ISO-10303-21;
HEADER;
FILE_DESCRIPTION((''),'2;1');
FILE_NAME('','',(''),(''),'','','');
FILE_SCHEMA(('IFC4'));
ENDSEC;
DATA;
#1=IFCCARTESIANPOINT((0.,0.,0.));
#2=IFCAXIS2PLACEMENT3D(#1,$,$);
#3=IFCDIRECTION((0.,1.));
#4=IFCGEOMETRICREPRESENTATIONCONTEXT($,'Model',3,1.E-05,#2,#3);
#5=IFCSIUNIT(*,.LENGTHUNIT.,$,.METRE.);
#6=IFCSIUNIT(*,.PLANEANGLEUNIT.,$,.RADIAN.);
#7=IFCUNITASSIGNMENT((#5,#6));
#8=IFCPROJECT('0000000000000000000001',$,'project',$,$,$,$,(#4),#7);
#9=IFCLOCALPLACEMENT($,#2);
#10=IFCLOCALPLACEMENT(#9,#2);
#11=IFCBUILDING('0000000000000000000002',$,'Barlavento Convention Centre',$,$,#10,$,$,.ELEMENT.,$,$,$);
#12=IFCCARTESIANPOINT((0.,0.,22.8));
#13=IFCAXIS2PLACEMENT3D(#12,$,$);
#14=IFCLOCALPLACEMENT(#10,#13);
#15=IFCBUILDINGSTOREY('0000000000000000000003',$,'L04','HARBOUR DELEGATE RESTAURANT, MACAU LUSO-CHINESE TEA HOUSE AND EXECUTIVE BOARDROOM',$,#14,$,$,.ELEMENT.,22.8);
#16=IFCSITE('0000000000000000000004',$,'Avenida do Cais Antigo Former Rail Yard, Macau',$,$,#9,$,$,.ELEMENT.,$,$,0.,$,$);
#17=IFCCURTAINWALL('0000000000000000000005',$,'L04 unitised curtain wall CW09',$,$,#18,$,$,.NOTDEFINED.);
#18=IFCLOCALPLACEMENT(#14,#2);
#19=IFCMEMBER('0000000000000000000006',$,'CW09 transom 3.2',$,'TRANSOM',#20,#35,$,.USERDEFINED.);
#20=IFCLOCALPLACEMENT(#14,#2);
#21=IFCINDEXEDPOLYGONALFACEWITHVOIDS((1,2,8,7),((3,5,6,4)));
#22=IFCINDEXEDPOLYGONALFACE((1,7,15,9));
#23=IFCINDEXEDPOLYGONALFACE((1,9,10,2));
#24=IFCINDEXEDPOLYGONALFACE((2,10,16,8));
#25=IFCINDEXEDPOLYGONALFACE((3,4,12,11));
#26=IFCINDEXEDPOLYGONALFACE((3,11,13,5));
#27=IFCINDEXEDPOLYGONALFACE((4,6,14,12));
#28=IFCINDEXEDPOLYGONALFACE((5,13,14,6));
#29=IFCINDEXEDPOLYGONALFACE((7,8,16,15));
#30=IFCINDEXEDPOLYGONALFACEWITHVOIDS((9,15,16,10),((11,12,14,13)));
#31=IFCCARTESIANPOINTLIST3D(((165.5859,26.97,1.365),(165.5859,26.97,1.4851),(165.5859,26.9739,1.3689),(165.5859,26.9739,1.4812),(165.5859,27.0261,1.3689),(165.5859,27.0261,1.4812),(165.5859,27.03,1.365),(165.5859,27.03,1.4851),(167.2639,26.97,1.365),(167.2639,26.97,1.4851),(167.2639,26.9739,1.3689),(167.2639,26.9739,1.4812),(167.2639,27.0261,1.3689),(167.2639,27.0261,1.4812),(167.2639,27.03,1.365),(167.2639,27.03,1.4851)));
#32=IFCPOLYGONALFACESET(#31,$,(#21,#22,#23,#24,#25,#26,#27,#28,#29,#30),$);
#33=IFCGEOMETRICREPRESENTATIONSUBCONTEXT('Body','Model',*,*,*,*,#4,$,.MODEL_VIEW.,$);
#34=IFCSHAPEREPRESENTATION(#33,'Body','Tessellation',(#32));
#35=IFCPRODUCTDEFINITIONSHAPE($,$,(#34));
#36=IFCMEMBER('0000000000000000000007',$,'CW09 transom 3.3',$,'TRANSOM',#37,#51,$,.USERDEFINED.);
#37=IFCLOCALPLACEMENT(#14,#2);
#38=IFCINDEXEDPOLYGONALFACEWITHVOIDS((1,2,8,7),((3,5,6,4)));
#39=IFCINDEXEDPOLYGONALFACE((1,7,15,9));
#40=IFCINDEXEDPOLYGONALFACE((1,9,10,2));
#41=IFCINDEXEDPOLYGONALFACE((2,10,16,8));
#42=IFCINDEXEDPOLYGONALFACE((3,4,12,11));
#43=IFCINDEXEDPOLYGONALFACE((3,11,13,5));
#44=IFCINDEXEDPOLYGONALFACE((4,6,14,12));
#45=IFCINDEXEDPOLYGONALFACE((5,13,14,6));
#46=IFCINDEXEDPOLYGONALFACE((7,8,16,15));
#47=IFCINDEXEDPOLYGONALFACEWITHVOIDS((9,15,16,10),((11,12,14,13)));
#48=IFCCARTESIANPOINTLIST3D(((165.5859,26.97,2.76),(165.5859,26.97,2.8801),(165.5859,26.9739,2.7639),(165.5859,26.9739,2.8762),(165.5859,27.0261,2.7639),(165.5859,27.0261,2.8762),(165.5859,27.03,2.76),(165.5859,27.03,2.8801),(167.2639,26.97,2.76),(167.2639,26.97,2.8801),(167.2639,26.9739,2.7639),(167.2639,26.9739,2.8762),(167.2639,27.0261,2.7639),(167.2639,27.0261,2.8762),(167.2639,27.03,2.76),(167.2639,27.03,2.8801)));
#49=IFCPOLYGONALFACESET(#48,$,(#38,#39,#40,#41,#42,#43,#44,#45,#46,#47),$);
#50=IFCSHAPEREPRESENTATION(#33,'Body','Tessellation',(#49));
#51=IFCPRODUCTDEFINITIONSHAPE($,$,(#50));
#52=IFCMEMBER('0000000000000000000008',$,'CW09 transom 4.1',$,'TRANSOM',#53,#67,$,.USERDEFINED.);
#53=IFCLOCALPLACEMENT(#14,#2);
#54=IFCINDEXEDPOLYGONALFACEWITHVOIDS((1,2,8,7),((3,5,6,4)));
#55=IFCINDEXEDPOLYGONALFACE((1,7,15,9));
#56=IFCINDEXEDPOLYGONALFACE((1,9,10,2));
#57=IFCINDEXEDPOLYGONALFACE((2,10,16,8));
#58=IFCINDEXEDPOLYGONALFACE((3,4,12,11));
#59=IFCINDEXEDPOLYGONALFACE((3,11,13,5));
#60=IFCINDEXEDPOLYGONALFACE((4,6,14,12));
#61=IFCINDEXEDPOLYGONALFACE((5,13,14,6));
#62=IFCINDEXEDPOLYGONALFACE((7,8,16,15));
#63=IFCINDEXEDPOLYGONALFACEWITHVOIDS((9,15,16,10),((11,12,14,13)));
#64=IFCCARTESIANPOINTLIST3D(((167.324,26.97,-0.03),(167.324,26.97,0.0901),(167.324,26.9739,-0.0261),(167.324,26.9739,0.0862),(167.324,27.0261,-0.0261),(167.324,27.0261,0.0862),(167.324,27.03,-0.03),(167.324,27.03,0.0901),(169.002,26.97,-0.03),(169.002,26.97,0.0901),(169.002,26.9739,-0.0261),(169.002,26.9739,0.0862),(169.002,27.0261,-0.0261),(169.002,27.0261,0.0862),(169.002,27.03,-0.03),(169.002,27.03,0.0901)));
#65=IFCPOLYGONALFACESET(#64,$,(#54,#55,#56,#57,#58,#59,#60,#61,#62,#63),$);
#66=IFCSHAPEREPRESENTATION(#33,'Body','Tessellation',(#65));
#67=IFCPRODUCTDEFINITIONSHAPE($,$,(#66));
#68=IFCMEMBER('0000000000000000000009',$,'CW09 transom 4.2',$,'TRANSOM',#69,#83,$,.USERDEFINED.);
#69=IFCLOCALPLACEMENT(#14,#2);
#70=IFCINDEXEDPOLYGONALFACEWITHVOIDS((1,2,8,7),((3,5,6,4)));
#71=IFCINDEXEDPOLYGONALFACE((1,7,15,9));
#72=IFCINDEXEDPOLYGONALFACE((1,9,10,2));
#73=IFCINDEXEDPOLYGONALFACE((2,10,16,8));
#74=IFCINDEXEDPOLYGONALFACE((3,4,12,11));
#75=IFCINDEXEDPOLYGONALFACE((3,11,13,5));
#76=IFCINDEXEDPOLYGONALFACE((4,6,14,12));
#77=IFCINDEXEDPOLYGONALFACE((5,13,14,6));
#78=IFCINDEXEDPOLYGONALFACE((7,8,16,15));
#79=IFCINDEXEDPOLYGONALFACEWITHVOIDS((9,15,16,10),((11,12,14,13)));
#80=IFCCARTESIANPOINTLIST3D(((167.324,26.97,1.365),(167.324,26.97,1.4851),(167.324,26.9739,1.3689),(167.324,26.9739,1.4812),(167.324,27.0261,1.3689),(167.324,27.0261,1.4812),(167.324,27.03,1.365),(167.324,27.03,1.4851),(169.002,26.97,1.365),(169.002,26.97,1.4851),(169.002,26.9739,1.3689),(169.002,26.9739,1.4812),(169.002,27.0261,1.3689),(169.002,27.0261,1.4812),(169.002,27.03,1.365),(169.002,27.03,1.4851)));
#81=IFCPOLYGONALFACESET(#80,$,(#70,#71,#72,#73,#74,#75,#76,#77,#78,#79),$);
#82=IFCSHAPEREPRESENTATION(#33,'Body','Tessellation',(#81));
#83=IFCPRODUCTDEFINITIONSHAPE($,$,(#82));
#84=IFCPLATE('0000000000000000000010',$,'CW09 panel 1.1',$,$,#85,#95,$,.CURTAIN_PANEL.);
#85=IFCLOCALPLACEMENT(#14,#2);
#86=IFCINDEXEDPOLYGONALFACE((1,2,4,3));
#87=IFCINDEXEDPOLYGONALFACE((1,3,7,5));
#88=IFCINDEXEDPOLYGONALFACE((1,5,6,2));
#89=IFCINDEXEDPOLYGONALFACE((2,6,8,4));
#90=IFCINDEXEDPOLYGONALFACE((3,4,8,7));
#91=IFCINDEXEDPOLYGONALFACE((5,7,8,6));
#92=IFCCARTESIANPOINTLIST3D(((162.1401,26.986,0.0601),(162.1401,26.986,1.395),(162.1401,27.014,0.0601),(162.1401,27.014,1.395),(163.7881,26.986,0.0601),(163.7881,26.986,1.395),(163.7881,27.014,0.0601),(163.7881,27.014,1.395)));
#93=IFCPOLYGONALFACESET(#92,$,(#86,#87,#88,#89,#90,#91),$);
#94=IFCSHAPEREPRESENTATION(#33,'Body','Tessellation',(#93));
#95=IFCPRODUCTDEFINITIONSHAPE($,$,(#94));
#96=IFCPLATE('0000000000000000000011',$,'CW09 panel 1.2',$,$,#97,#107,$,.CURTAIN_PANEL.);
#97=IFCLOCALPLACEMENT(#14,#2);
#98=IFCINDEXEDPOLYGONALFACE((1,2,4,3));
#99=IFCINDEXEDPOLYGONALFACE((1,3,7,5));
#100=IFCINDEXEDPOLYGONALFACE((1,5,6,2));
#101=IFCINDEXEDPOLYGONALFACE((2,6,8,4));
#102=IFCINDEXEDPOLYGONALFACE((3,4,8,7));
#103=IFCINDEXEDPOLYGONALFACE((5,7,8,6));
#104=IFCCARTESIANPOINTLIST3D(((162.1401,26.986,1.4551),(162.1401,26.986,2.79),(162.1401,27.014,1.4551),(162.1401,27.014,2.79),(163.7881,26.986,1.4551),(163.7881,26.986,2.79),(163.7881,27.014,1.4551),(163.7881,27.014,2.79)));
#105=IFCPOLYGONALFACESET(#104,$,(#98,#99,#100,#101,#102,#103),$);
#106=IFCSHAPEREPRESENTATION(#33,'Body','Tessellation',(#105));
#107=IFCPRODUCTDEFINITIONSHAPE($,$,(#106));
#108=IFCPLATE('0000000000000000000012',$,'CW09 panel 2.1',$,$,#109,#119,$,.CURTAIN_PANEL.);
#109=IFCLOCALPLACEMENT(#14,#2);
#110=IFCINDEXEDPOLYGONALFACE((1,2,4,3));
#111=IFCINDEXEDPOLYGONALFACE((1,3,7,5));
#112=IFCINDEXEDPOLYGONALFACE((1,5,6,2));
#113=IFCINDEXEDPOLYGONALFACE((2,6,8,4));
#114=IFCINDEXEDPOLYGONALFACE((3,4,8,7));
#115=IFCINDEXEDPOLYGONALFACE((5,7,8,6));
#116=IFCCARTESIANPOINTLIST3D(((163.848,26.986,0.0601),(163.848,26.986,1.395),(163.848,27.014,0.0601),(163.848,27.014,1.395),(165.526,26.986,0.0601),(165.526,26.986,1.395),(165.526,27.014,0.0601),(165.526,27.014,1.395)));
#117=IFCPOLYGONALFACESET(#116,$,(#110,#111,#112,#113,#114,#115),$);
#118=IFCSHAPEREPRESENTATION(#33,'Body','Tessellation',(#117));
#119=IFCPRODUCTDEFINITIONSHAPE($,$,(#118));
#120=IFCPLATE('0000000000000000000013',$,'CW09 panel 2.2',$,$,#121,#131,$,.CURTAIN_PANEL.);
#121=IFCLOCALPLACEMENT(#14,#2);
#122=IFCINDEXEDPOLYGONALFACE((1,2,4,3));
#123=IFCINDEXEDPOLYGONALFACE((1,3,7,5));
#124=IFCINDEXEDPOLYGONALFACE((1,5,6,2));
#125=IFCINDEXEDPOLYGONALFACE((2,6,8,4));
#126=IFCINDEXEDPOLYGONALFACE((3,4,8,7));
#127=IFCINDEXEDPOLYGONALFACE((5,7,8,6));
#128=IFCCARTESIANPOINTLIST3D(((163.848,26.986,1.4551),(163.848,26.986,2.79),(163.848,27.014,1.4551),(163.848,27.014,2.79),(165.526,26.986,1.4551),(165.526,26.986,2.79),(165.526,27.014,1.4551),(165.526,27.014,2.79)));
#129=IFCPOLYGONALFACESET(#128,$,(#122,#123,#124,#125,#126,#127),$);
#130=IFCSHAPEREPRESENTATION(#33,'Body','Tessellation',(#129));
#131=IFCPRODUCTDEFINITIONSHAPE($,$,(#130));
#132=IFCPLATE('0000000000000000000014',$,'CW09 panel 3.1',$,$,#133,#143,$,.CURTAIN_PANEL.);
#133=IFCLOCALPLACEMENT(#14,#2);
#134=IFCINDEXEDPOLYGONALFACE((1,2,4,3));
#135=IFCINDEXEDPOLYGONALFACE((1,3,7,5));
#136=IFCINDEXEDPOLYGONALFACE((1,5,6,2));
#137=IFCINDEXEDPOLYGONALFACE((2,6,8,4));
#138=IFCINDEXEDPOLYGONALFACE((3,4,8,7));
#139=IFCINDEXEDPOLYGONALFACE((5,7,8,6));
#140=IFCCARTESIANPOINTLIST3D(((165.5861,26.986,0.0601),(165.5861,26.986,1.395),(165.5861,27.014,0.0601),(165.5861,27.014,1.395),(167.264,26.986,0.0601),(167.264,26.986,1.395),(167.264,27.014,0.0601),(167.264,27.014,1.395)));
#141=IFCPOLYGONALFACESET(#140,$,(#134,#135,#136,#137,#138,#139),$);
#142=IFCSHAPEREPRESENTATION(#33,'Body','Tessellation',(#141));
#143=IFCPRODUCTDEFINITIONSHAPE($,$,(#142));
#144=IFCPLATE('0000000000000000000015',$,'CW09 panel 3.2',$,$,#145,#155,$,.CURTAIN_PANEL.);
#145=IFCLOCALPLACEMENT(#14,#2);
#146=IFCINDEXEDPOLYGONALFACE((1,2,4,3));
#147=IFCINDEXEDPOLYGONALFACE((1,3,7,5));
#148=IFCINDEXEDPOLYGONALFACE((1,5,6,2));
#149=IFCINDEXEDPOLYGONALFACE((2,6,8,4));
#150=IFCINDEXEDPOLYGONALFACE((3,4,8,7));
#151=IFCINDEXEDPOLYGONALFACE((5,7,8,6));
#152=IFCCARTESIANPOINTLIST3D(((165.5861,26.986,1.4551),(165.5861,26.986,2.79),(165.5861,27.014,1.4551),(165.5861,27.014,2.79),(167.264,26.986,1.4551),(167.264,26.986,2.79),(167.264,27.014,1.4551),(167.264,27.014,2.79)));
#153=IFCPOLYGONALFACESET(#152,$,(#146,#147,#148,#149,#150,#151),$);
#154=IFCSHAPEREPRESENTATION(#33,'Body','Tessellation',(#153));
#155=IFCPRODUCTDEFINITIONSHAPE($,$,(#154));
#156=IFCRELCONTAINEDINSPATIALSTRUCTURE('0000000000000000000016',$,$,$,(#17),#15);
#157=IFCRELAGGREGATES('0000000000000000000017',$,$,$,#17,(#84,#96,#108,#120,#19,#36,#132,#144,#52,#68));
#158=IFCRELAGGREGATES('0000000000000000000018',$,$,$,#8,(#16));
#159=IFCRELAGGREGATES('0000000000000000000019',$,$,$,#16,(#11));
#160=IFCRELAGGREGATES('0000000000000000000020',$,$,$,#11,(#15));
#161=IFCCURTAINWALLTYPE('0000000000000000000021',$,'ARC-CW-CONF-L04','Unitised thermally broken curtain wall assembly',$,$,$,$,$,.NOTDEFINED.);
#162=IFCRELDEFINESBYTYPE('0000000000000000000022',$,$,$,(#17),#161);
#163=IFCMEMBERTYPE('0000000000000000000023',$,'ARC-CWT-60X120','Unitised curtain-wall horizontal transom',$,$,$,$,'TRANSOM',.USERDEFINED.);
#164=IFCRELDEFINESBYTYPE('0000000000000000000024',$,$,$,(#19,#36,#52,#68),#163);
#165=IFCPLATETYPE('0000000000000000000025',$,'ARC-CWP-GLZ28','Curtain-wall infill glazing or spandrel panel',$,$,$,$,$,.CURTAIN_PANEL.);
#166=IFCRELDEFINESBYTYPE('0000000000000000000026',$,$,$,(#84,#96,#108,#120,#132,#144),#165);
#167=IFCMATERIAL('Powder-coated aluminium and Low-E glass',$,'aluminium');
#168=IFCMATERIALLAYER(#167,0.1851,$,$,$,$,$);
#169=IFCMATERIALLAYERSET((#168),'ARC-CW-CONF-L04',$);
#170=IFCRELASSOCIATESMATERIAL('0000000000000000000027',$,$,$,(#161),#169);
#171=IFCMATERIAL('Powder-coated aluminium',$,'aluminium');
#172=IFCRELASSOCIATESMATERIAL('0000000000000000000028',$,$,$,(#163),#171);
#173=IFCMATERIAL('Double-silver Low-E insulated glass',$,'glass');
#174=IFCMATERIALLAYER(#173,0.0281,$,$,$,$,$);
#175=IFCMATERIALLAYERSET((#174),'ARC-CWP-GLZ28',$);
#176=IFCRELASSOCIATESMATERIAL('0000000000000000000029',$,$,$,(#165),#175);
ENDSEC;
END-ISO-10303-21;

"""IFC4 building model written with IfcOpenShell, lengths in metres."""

from ifc_helpers import new_model, si_unit, direction, frame, origin, origin_2d, place, context, subcontext, project, spatial, rectangle, hollow_rectangle, extrude, material, layer, layer_set, material_profile, profile_set, type_object, element, aggregate, save


model = new_model("IFC4")

# Units and contexts
model_context = context("Model", 3, precision=1e-05, world=origin(), true_north=direction((0.0, 1.0)))
body_context = subcontext(model_context, "Body", "Model", "MODEL_VIEW")
ifc_project = project(units=[si_unit("LENGTHUNIT", "METRE"), si_unit("PLANEANGLEUNIT", "RADIAN")], contexts=[model_context])

# Site, building, storey
site_placement = place(None, origin())
site = spatial("IfcSite", under=ifc_project, at=site_placement, Name="Avenida do Cais Antigo Former Rail Yard, Macau", CompositionType="ELEMENT", RefElevation=0.0)
building_placement = place(site_placement, origin())
building = spatial("IfcBuilding", under=site, at=building_placement, Name="Barlavento Convention Centre", CompositionType="ELEMENT")
storey_placement = place(building_placement, frame((0.0, 0.0, 22.8)))
storey = spatial("IfcBuildingStorey", under=building, at=storey_placement, Name="L04", Description="HARBOUR DELEGATE RESTAURANT, MACAU LUSO-CHINESE TEA HOUSE AND EXECUTIVE BOARDROOM", CompositionType="ELEMENT", Elevation=22.8)

# Curtain wall, members, plates
ifc_material_1 = material(Name="Powder-coated aluminium and Low-E glass", Category="aluminium")
ifc_layer_1 = layer(ifc_material_1, 0.1851)
ifc_layer_set_1 = layer_set([ifc_layer_1], Name="ARC-CW-CONF-L04")
curtain_wall_type = type_object("IfcCurtainWallType", Name="ARC-CW-CONF-L04", Description="Unitised thermally broken curtain wall assembly", PredefinedType="NOTDEFINED", material=ifc_layer_set_1)
curtain_wall_placement = place(storey_placement, origin())
curtain_wall = element("IfcCurtainWall", 1, at=curtain_wall_placement, inside=storey, type_object=curtain_wall_type, Name="L04 unitised curtain wall CW09", PredefinedType="NOTDEFINED")
ifc_material_2 = material(Name="Powder-coated aluminium", Category="aluminium")
ifc_material_profile_1 = material_profile(ifc_material_2, hollow_rectangle(XDim=0.0601, YDim=0.1201, WallThickness=0.0039, at=origin_2d()), Name="AL-TRAN 60x120x4")
ifc_profile_set_1 = profile_set([ifc_material_profile_1], Name="Powder-coated aluminium")
member_type_1 = type_object("IfcMemberType", Name="ARC-CWT-60X120", Description="Unitised curtain-wall horizontal transom", ElementType="TRANSOM", PredefinedType="USERDEFINED", material=ifc_profile_set_1)
member_1_placement = place(storey_placement, frame((165.5859, 27.0, 1.425), z_axis=(1.0, 0.0, 0.0), x_axis=(0.0, 1.0, 0.0)))
member_1 = element("IfcMember", 2, at=member_1_placement, type_object=member_type_1, Name="CW09 transom 3.2", ObjectType="TRANSOM", PredefinedType="USERDEFINED", context=body_context, shape_type="SweptSolid", body=[
    extrude(hollow_rectangle(XDim=0.0601, YDim=0.1201, WallThickness=0.0039, at=origin_2d()), origin(), (0.0, 0.0, 1.0), 1.678),
])
member_2_placement = place(storey_placement, frame((165.5859, 27.0, 2.8201), z_axis=(1.0, 0.0, 0.0), x_axis=(0.0, 1.0, 0.0)))
member_2 = element("IfcMember", 3, at=member_2_placement, type_object=member_type_1, Name="CW09 transom 3.3", ObjectType="TRANSOM", PredefinedType="USERDEFINED", context=body_context, shape_type="SweptSolid", body=[
    extrude(hollow_rectangle(XDim=0.0601, YDim=0.1201, WallThickness=0.0039, at=origin_2d()), origin(), (0.0, 0.0, 1.0), 1.678),
])
member_3_placement = place(storey_placement, frame((167.324, 27.0, 0.03), z_axis=(1.0, 0.0, 0.0), x_axis=(0.0, 1.0, 0.0)))
member_3 = element("IfcMember", 4, at=member_3_placement, type_object=member_type_1, Name="CW09 transom 4.1", ObjectType="TRANSOM", PredefinedType="USERDEFINED", context=body_context, shape_type="SweptSolid", body=[
    extrude(hollow_rectangle(XDim=0.0601, YDim=0.1201, WallThickness=0.0039, at=origin_2d()), origin(), (0.0, 0.0, 1.0), 1.678),
])
member_4_placement = place(storey_placement, frame((167.324, 27.0, 1.425), z_axis=(1.0, 0.0, 0.0), x_axis=(0.0, 1.0, 0.0)))
member_4 = element("IfcMember", 5, at=member_4_placement, type_object=member_type_1, Name="CW09 transom 4.2", ObjectType="TRANSOM", PredefinedType="USERDEFINED", context=body_context, shape_type="SweptSolid", body=[
    extrude(hollow_rectangle(XDim=0.0601, YDim=0.1201, WallThickness=0.0039, at=origin_2d()), origin(), (0.0, 0.0, 1.0), 1.678),
])
ifc_material_3 = material(Name="Double-silver Low-E insulated glass", Category="glass")
ifc_layer_2 = layer(ifc_material_3, 0.0281)
ifc_layer_set_2 = layer_set([ifc_layer_2], Name="ARC-CWP-GLZ28")
plate_type = type_object("IfcPlateType", Name="ARC-CWP-GLZ28", Description="Curtain-wall infill glazing or spandrel panel", PredefinedType="CURTAIN_PANEL", material=ifc_layer_set_2)
plate_1_placement = place(storey_placement, frame((162.9641, 27.0, 0.0601), z_axis=(0.0, 0.0, 1.0), x_axis=(1.0, 0.0, 0.0)))
plate_1 = element("IfcPlate", 6, at=plate_1_placement, type_object=plate_type, Name="CW09 panel 1.1", PredefinedType="CURTAIN_PANEL", context=body_context, shape_type="SweptSolid", body=[
    extrude(rectangle(XDim=1.6479, YDim=0.0281, at=origin_2d()), origin(), (0.0, 0.0, 1.0), 1.335),
])
plate_2_placement = place(storey_placement, frame((162.9641, 27.0, 1.4551), z_axis=(0.0, 0.0, 1.0), x_axis=(1.0, 0.0, 0.0)))
plate_2 = element("IfcPlate", 7, at=plate_2_placement, type_object=plate_type, Name="CW09 panel 1.2", PredefinedType="CURTAIN_PANEL", context=body_context, shape_type="SweptSolid", body=[
    extrude(rectangle(XDim=1.6479, YDim=0.0281, at=origin_2d()), origin(), (0.0, 0.0, 1.0), 1.335),
])
plate_3_placement = place(storey_placement, frame((164.687, 27.0, 0.0601), z_axis=(0.0, 0.0, 1.0), x_axis=(1.0, 0.0, 0.0)))
plate_3 = element("IfcPlate", 8, at=plate_3_placement, type_object=plate_type, Name="CW09 panel 2.1", PredefinedType="CURTAIN_PANEL", context=body_context, shape_type="SweptSolid", body=[
    extrude(rectangle(XDim=1.678, YDim=0.0281, at=origin_2d()), origin(), (0.0, 0.0, 1.0), 1.335),
])
plate_4_placement = place(storey_placement, frame((164.687, 27.0, 1.4551), z_axis=(0.0, 0.0, 1.0), x_axis=(1.0, 0.0, 0.0)))
plate_4 = element("IfcPlate", 9, at=plate_4_placement, type_object=plate_type, Name="CW09 panel 2.2", PredefinedType="CURTAIN_PANEL", context=body_context, shape_type="SweptSolid", body=[
    extrude(rectangle(XDim=1.678, YDim=0.0281, at=origin_2d()), origin(), (0.0, 0.0, 1.0), 1.335),
])
plate_5_placement = place(storey_placement, frame((166.425, 27.0, 0.0601), z_axis=(0.0, 0.0, 1.0), x_axis=(1.0, 0.0, 0.0)))
plate_5 = element("IfcPlate", 10, at=plate_5_placement, type_object=plate_type, Name="CW09 panel 3.1", PredefinedType="CURTAIN_PANEL", context=body_context, shape_type="SweptSolid", body=[
    extrude(rectangle(XDim=1.678, YDim=0.0281, at=origin_2d()), origin(), (0.0, 0.0, 1.0), 1.335),
])
plate_6_placement = place(storey_placement, frame((166.425, 27.0, 1.4551), z_axis=(0.0, 0.0, 1.0), x_axis=(1.0, 0.0, 0.0)))
plate_6 = element("IfcPlate", 11, at=plate_6_placement, type_object=plate_type, Name="CW09 panel 3.2", PredefinedType="CURTAIN_PANEL", context=body_context, shape_type="SweptSolid", body=[
    extrude(rectangle(XDim=1.678, YDim=0.0281, at=origin_2d()), origin(), (0.0, 0.0, 1.0), 1.335),
])
aggregate(curtain_wall, [plate_1, plate_2, plate_3, plate_4, member_1, member_2, plate_5, plate_6, member_3, member_4])

save(model, "model.ifc")
